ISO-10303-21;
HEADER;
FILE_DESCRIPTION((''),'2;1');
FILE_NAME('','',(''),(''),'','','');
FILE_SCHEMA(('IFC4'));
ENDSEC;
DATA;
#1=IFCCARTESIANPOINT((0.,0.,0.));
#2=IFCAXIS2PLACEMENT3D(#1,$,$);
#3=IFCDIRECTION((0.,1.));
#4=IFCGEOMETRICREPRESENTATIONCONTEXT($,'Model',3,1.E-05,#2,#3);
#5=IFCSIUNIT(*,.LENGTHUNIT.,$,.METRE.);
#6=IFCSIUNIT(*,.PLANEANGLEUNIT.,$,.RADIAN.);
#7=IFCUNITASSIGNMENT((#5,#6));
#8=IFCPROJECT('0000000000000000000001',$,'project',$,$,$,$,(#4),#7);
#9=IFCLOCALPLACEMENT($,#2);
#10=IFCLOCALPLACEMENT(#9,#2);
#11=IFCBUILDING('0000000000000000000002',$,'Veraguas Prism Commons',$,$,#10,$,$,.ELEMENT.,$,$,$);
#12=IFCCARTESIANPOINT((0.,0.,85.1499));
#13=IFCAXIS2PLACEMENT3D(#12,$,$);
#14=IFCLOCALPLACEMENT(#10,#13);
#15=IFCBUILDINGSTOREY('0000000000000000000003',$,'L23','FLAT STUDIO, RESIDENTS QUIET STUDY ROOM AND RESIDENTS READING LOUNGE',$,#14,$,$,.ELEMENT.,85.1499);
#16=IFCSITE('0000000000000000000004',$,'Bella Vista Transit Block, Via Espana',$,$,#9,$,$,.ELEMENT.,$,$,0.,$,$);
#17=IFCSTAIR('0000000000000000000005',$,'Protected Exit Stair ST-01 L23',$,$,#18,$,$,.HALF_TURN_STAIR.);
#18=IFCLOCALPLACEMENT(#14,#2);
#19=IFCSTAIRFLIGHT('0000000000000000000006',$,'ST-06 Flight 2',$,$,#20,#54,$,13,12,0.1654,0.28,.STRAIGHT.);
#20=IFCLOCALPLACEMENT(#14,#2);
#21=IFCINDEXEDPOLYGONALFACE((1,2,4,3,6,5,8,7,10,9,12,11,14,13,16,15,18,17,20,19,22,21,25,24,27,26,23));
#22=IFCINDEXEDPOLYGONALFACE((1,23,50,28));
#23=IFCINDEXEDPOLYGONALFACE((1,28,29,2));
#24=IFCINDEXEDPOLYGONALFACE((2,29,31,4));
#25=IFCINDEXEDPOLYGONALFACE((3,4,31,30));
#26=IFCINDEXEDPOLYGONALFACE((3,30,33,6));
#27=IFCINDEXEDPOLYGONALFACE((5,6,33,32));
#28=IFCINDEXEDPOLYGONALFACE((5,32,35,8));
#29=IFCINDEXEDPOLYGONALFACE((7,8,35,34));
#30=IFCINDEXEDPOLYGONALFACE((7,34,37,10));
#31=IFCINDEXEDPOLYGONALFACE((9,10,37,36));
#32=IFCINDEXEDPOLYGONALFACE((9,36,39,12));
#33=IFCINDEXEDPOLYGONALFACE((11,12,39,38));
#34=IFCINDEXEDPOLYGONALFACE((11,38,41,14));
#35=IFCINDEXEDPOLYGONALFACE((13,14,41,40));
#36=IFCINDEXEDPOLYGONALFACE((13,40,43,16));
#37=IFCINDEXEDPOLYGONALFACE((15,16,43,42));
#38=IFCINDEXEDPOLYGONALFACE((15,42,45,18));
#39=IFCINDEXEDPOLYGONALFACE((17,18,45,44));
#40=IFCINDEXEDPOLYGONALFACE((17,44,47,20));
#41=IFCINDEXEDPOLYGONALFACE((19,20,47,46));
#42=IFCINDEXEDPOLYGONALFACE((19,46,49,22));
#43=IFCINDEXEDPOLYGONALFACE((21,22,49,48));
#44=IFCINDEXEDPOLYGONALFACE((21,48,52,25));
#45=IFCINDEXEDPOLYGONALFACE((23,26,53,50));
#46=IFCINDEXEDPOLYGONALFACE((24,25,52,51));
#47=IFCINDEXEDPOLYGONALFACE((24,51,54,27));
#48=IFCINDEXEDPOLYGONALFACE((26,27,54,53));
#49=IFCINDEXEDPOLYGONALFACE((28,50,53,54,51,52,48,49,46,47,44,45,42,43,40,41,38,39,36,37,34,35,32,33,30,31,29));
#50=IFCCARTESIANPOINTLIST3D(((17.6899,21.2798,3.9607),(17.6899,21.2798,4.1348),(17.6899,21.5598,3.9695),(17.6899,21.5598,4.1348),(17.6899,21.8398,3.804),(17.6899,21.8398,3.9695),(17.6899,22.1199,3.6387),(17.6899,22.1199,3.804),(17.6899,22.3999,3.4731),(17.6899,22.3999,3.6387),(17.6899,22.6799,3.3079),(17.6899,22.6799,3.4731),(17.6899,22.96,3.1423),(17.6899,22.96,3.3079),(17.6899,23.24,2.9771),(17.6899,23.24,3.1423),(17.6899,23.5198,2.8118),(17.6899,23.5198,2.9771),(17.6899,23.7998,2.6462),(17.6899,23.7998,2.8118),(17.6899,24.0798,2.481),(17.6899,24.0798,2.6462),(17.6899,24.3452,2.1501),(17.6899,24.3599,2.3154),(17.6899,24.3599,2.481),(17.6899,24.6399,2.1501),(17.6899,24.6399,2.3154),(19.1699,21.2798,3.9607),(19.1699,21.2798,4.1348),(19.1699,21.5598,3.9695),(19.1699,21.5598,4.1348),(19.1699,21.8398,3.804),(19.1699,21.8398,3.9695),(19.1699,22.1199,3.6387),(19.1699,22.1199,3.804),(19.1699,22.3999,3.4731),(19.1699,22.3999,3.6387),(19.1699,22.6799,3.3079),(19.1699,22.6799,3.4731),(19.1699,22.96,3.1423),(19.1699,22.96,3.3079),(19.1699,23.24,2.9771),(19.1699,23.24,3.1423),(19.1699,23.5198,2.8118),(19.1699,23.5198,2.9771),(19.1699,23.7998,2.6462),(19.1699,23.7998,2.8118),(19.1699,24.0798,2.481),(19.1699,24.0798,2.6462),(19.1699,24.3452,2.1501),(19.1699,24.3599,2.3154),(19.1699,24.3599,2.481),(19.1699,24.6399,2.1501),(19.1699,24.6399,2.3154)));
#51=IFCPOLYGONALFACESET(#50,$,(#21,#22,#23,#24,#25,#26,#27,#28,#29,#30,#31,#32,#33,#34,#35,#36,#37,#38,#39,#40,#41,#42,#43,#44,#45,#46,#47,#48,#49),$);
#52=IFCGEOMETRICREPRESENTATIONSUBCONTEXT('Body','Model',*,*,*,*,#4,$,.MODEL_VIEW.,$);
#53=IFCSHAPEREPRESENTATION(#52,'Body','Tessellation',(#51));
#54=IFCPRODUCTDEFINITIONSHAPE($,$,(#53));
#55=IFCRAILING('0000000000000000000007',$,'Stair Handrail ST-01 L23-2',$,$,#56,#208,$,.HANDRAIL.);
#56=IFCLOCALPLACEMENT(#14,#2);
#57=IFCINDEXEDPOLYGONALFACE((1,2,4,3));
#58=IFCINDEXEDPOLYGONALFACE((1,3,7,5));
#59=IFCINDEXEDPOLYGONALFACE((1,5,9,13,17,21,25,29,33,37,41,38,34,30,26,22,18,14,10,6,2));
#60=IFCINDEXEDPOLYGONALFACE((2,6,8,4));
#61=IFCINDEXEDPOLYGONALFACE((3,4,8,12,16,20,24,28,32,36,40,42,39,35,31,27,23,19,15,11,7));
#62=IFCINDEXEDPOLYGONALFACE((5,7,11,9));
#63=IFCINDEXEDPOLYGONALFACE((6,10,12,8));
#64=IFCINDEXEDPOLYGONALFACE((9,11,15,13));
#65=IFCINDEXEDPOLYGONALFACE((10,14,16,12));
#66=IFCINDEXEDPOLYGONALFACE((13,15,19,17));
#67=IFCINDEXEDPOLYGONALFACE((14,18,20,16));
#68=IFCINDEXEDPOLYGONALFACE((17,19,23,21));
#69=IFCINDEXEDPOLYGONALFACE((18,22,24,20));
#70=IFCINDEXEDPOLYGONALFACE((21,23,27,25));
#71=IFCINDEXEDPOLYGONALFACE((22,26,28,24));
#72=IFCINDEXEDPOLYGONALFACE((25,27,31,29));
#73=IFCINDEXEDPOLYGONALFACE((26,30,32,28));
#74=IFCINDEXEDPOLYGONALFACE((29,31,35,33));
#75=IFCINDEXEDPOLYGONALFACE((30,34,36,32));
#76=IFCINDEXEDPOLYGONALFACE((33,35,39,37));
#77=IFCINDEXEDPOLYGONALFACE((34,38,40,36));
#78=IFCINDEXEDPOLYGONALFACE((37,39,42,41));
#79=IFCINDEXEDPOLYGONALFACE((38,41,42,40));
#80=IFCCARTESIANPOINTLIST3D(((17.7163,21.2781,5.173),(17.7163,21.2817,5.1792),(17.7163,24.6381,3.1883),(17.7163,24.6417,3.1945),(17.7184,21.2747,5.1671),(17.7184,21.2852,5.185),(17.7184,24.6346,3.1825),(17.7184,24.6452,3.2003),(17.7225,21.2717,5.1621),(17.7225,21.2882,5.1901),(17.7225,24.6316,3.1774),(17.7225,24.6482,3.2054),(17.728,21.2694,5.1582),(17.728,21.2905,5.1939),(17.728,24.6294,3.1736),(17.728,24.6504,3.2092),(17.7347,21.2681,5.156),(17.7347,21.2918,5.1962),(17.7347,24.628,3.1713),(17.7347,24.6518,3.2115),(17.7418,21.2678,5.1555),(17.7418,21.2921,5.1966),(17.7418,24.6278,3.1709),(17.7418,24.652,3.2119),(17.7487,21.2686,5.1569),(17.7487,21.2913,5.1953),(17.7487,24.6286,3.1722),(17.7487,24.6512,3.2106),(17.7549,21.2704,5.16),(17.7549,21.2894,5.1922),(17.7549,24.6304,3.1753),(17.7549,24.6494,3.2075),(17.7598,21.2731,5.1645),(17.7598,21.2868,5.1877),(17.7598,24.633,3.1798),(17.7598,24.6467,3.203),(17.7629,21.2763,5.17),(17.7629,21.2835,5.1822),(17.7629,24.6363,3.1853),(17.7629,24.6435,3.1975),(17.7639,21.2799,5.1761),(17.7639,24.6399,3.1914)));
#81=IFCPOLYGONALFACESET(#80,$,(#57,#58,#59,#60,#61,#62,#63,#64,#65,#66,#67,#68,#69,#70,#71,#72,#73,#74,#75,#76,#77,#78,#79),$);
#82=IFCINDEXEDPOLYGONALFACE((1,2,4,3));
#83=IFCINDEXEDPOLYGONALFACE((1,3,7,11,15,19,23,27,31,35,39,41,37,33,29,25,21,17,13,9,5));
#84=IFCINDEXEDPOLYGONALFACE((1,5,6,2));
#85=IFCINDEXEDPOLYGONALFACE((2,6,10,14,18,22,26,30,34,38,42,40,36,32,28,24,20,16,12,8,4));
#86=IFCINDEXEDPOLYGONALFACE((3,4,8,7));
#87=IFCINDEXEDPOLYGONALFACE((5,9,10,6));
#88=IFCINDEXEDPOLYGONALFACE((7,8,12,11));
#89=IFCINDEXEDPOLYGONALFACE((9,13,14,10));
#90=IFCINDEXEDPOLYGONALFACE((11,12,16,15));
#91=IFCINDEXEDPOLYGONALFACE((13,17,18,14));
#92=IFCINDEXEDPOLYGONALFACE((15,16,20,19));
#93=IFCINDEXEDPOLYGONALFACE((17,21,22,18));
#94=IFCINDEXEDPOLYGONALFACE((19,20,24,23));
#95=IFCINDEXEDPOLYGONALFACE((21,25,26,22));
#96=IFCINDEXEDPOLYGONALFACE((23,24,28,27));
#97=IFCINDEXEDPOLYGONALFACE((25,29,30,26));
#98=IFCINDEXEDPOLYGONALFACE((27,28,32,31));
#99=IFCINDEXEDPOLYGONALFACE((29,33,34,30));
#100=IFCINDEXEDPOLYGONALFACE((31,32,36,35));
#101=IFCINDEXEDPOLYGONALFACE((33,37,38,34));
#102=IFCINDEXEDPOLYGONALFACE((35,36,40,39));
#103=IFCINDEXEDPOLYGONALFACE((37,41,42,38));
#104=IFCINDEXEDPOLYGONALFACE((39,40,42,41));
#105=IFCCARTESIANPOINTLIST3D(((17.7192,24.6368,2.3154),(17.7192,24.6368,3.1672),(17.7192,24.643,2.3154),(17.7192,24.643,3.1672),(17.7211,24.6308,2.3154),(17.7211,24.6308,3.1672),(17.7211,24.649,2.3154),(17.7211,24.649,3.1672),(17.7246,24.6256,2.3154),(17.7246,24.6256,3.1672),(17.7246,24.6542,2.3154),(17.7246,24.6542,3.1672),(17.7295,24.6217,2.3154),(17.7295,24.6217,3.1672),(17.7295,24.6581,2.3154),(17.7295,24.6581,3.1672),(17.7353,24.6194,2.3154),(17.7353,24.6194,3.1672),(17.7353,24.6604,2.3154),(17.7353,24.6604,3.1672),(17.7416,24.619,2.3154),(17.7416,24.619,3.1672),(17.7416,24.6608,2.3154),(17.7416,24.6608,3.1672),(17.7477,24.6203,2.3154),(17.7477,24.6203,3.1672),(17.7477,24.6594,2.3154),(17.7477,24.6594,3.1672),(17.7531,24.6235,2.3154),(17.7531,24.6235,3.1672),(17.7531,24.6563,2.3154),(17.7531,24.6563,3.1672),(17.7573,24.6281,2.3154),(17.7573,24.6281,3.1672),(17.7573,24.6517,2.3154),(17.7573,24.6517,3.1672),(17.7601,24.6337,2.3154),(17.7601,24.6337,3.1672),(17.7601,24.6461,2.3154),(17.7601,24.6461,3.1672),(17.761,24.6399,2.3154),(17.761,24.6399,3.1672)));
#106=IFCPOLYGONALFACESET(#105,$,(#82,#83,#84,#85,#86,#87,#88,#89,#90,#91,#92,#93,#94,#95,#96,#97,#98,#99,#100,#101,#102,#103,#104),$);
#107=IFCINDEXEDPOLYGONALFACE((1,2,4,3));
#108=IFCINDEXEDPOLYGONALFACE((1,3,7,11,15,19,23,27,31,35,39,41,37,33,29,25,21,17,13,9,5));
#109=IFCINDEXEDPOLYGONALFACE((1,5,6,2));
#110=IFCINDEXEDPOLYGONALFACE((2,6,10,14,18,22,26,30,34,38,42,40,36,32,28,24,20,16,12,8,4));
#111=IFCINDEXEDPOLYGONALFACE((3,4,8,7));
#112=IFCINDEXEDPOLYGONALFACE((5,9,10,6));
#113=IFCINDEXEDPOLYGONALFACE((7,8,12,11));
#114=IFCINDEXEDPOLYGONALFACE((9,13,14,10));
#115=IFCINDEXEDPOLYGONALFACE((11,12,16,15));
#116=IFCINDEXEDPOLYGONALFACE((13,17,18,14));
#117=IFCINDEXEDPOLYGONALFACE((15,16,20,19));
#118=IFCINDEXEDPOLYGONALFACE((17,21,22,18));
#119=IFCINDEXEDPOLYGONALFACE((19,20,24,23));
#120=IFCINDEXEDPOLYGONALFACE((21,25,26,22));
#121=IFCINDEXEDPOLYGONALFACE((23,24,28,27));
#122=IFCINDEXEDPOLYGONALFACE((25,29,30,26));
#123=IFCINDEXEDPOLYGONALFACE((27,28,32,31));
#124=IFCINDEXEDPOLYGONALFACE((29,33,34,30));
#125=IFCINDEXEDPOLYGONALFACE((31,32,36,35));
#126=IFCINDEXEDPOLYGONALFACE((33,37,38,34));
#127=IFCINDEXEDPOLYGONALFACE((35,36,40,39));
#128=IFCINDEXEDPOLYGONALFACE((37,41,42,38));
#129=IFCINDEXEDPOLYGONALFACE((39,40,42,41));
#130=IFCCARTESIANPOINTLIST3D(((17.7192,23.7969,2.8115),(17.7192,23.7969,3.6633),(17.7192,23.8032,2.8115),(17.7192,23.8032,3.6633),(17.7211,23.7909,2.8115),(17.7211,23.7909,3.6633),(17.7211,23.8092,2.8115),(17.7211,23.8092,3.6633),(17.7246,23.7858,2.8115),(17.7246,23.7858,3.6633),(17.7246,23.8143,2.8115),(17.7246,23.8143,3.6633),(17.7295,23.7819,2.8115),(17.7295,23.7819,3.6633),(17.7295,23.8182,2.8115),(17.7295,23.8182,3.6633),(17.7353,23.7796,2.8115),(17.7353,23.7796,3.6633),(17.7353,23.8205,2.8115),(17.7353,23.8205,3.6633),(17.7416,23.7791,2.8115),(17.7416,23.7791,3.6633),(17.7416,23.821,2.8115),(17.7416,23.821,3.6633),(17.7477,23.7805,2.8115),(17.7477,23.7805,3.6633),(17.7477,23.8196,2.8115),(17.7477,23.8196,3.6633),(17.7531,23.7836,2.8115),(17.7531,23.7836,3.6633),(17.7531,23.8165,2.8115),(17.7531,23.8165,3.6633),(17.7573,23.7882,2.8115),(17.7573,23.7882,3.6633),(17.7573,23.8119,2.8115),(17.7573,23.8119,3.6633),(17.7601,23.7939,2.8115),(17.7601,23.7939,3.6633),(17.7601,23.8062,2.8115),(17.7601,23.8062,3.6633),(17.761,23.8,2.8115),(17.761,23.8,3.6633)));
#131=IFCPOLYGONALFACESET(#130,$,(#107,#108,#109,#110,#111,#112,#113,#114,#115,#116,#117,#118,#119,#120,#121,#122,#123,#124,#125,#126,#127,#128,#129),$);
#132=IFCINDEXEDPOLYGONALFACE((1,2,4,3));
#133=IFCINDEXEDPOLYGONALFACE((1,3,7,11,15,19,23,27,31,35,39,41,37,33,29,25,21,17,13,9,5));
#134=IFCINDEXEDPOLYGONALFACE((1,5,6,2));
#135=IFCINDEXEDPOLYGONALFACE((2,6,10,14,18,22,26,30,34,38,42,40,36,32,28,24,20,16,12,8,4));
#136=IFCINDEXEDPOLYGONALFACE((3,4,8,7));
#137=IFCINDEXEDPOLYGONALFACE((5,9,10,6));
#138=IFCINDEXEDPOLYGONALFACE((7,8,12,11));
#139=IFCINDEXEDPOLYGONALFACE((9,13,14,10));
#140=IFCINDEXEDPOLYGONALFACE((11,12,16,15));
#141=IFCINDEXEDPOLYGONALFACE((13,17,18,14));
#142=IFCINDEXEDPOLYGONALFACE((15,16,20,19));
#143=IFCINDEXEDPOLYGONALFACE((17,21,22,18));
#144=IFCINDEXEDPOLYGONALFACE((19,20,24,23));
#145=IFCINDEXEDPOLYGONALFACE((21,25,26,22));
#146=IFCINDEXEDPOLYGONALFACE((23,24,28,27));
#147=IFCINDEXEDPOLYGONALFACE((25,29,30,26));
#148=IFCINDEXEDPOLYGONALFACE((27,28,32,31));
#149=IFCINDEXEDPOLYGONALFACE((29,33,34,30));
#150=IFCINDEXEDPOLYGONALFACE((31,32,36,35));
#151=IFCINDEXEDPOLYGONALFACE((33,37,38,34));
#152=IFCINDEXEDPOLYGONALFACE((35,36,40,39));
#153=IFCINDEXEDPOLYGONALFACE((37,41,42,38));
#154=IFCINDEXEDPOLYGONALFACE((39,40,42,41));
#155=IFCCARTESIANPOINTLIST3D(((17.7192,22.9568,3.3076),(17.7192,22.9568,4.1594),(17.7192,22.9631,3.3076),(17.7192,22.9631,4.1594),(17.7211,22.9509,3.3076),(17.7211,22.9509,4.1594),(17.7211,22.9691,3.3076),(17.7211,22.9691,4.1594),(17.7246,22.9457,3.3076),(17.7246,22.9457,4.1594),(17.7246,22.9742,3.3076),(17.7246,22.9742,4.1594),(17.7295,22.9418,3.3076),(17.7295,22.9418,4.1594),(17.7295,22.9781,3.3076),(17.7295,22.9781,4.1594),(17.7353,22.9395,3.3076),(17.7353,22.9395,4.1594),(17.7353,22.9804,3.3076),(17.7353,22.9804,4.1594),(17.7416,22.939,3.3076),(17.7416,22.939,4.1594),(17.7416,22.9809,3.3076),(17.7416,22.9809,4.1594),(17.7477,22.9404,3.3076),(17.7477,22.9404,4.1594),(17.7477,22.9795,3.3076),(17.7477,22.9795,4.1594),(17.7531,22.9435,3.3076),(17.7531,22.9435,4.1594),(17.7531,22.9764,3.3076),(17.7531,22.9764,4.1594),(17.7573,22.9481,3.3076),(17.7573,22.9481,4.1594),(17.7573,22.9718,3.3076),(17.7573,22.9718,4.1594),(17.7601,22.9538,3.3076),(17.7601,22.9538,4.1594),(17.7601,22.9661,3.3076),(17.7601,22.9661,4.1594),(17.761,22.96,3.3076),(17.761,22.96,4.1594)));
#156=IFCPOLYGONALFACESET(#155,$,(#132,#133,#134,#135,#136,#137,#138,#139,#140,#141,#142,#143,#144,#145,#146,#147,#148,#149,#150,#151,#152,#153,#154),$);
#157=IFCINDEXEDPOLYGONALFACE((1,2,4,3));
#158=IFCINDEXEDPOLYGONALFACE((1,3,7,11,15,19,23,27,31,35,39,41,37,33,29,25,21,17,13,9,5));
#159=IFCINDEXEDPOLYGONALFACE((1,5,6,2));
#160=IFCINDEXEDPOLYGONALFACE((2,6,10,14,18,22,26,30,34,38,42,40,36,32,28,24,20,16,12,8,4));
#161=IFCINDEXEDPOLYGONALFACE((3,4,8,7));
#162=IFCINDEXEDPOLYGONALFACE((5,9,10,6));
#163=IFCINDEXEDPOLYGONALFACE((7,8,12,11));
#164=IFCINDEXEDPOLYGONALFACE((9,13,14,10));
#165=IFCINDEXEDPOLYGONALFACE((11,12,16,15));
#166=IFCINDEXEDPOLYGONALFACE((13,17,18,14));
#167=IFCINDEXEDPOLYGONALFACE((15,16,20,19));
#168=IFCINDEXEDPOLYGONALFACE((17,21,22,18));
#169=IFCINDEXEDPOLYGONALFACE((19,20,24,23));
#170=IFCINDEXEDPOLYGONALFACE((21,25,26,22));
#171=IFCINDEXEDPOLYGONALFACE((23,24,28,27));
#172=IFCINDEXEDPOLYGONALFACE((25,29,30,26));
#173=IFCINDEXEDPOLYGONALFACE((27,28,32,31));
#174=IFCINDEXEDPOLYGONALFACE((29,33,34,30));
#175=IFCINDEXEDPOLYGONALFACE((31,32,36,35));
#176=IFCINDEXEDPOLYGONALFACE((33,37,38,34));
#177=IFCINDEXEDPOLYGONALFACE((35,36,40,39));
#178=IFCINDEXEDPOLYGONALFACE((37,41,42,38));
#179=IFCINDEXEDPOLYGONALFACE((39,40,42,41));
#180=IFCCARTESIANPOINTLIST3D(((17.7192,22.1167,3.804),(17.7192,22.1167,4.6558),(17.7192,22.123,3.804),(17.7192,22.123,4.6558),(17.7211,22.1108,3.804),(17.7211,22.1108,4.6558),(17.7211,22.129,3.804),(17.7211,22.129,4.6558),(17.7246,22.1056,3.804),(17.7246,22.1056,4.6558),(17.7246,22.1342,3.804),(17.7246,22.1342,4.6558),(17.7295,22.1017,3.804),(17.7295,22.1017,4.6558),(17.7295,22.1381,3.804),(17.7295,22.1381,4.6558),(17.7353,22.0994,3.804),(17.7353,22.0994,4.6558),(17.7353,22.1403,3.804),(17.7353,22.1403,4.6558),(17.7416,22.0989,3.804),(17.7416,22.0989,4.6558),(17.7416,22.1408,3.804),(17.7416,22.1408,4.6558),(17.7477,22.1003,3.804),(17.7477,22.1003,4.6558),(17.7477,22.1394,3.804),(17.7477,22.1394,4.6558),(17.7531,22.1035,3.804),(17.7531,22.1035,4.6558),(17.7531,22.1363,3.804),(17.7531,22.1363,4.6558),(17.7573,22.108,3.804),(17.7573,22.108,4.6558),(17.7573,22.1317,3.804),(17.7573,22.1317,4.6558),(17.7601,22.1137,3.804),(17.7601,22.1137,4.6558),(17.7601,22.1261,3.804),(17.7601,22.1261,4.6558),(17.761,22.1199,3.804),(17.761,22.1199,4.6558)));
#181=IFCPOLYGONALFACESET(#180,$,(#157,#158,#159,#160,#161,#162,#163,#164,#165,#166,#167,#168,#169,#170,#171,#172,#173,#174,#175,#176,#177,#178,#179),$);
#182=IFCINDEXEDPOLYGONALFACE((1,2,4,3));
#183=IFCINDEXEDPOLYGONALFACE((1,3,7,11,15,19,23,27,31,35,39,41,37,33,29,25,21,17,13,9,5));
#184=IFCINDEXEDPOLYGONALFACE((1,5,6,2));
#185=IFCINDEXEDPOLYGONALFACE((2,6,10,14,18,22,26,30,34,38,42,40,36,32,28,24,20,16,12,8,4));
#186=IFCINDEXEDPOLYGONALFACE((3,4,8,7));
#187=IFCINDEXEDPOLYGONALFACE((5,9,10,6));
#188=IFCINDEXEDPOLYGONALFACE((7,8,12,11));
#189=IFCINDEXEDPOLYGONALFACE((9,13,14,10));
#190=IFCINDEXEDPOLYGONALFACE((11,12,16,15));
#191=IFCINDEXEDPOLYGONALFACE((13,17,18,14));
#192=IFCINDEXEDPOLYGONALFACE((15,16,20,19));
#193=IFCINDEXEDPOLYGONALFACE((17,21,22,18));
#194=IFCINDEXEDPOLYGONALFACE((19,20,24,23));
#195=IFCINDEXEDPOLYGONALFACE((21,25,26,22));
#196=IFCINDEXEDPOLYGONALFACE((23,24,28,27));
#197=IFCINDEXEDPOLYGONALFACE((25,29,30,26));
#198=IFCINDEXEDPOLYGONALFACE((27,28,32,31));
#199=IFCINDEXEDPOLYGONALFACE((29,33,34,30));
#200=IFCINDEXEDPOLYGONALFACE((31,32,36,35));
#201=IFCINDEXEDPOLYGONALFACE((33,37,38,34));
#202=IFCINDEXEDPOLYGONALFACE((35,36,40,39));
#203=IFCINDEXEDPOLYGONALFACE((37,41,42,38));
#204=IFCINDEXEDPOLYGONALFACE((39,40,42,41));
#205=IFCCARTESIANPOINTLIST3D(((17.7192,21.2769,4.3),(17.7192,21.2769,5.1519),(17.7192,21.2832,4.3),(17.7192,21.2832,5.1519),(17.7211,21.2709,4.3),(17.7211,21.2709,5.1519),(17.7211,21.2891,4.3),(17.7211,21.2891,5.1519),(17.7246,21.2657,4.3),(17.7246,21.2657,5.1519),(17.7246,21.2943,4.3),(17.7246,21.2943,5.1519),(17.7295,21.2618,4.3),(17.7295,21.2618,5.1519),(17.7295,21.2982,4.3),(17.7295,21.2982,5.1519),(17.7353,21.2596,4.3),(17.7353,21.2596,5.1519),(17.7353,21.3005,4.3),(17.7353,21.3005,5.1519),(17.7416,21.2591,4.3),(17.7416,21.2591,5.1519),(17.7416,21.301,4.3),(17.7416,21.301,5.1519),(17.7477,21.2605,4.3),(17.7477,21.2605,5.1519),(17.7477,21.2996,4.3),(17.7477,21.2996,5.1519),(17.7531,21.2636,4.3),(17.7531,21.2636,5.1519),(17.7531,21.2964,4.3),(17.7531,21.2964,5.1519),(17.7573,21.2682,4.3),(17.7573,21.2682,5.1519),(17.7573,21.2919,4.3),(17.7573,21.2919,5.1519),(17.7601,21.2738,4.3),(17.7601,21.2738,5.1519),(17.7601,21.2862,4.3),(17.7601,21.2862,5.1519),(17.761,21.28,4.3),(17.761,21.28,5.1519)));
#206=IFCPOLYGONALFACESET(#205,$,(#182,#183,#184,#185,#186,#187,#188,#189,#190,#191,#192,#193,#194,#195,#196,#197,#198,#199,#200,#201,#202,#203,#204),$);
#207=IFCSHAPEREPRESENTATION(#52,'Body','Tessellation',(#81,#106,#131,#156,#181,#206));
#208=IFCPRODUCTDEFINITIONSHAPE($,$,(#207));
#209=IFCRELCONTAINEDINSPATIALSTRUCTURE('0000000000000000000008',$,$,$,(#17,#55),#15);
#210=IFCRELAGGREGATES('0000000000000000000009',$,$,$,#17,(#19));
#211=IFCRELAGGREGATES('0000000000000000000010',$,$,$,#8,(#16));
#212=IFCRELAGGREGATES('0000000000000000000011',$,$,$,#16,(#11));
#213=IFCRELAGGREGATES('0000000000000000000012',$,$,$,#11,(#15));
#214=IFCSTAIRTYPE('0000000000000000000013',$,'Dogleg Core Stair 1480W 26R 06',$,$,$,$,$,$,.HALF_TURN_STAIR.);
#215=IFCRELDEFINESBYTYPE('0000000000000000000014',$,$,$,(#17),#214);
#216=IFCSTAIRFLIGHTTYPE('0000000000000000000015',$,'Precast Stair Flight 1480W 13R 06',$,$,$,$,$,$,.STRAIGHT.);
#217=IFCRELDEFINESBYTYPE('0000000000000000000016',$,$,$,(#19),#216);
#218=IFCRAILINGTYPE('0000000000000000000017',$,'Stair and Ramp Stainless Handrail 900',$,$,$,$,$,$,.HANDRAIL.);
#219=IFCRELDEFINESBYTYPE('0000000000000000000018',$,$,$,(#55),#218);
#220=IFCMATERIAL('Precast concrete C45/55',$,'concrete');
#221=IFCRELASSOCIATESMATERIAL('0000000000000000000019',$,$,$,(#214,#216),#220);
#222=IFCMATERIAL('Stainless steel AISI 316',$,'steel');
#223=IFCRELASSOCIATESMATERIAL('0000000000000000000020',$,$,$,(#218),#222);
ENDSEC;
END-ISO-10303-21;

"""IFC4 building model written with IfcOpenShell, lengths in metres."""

from ifc_helpers import new_model, si_unit, direction, frame, origin, origin_2d, place, context, subcontext, project, spatial, polyline, circle, outline, extrude, material, type_object, element, aggregate, save


model = new_model("IFC4")

# Units and contexts
model_context = context("Model", 3, precision=1e-05, world=origin(), true_north=direction((0.0, 1.0)))
body_context = subcontext(model_context, "Body", "Model", "MODEL_VIEW")
ifc_project = project(units=[si_unit("LENGTHUNIT", "METRE"), si_unit("PLANEANGLEUNIT", "RADIAN")], contexts=[model_context])

# Site, building, storey
site_placement = place(None, origin())
site = spatial("IfcSite", under=ifc_project, at=site_placement, Name="Bella Vista Transit Block, Via Espana", CompositionType="ELEMENT", RefElevation=0.0)
building_placement = place(site_placement, origin())
building = spatial("IfcBuilding", under=site, at=building_placement, Name="Veraguas Prism Commons", CompositionType="ELEMENT")
storey_placement = place(building_placement, frame((0.0, 0.0, 85.1499)))
storey = spatial("IfcBuildingStorey", under=building, at=storey_placement, Name="L23", Description="FLAT STUDIO, RESIDENTS QUIET STUDY ROOM AND RESIDENTS READING LOUNGE", CompositionType="ELEMENT", Elevation=85.1499)

# Shared definitions
ifc_material_1 = material(Name="Stainless steel AISI 316", Category="steel")

# Stair, stair flight
ifc_material_2 = material(Name="Precast concrete C45/55", Category="concrete")
stair_type = type_object("IfcStairType", Name="Dogleg Core Stair 1480W 26R 06", PredefinedType="HALF_TURN_STAIR", material=ifc_material_2)
stair_placement = place(storey_placement, origin())
stair = element("IfcStair", 1, at=stair_placement, inside=storey, type_object=stair_type, Name="Protected Exit Stair ST-01 L23", PredefinedType="HALF_TURN_STAIR")
stair_flight_type = type_object("IfcStairFlightType", Name="Precast Stair Flight 1480W 13R 06", PredefinedType="STRAIGHT", material=ifc_material_2)
stair_flight_placement = place(storey_placement, frame((18.4299, 24.6399, 2.1501), z_axis=(0.0, 0.0, 1.0), x_axis=(0.0, -1.0, 0.0)))
stair_flight = element("IfcStairFlight", 2, at=stair_flight_placement, type_object=stair_flight_type, Name="ST-06 Flight 2", NumberOfRisers=13, NumberOfTreads=12, PredefinedType="STRAIGHT", RiserHeight=0.1654, TreadLength=0.28, context=body_context, shape_type="SweptSolid", body=[
    extrude(outline(polyline([(0.0, 0.0), (0.0, 0.1653), (0.28, 0.1653), (0.28, 0.3308), (0.5601, 0.3308), (0.5601, 0.4961), (0.8401, 0.4961), (0.8401, 0.6616), (1.1201, 0.6616), (1.1201, 0.8269), (1.3999, 0.8269), (1.3999, 0.9922), (1.6799, 0.9922), (1.6799, 1.1577), (1.96, 1.1577), (1.96, 1.323), (2.24, 1.323), (2.24, 1.4885), (2.52, 1.4885), (2.52, 1.6538), (2.8, 1.6538), (2.8, 1.8193), (3.0801, 1.8193), (3.0801, 1.9846), (3.3601, 1.9846), (3.3601, 2.1499), (3.3601, 1.8105), (0.2947, 0.0), (0.0, 0.0)])), frame((0.0, 0.74, 0.0), z_axis=(0.0, -1.0, 0.0), x_axis=(1.0, 0.0, 0.0)), (0.0, 0.0, 1.0), 1.48),
])
aggregate(stair, [stair_flight])

# Railing
railing_type_1 = type_object("IfcRailingType", Name="Stair and Ramp Stainless Handrail 900", PredefinedType="HANDRAIL", material=ifc_material_1)
railing_1_placement = place(storey_placement, frame((17.74, 24.6399, 2.3154)))
element("IfcRailing", 3, at=railing_1_placement, inside=storey, type_object=railing_type_1, Name="Stair Handrail ST-01 L23-2", PredefinedType="HANDRAIL", context=body_context, shape_type="SweptSolid", body=[
    extrude(circle(Radius=0.0239, at=origin_2d()), frame((0.0, 0.0, 0.876), z_axis=(0.0, -0.861011, 0.508586), x_axis=(1.0, 0.0, 0.0)), (0.0, 0.0, 1.0), 3.9023),
    extrude(circle(Radius=0.021, at=origin_2d()), origin(), (0.0, 0.0, 1.0), 0.8518),
    extrude(circle(Radius=0.021, at=origin_2d()), frame((0.0, -0.8398, 0.4961)), (0.0, 0.0, 1.0), 0.8518),
    extrude(circle(Radius=0.021, at=origin_2d()), frame((0.0, -1.6799, 0.9922)), (0.0, 0.0, 1.0), 0.8518),
    extrude(circle(Radius=0.021, at=origin_2d()), frame((0.0, -2.52, 1.4885)), (0.0, 0.0, 1.0), 0.8518),
    extrude(circle(Radius=0.021, at=origin_2d()), frame((0.0, -3.3599, 1.9846)), (0.0, 0.0, 1.0), 0.8518),
])

save(model, "model.ifc")
